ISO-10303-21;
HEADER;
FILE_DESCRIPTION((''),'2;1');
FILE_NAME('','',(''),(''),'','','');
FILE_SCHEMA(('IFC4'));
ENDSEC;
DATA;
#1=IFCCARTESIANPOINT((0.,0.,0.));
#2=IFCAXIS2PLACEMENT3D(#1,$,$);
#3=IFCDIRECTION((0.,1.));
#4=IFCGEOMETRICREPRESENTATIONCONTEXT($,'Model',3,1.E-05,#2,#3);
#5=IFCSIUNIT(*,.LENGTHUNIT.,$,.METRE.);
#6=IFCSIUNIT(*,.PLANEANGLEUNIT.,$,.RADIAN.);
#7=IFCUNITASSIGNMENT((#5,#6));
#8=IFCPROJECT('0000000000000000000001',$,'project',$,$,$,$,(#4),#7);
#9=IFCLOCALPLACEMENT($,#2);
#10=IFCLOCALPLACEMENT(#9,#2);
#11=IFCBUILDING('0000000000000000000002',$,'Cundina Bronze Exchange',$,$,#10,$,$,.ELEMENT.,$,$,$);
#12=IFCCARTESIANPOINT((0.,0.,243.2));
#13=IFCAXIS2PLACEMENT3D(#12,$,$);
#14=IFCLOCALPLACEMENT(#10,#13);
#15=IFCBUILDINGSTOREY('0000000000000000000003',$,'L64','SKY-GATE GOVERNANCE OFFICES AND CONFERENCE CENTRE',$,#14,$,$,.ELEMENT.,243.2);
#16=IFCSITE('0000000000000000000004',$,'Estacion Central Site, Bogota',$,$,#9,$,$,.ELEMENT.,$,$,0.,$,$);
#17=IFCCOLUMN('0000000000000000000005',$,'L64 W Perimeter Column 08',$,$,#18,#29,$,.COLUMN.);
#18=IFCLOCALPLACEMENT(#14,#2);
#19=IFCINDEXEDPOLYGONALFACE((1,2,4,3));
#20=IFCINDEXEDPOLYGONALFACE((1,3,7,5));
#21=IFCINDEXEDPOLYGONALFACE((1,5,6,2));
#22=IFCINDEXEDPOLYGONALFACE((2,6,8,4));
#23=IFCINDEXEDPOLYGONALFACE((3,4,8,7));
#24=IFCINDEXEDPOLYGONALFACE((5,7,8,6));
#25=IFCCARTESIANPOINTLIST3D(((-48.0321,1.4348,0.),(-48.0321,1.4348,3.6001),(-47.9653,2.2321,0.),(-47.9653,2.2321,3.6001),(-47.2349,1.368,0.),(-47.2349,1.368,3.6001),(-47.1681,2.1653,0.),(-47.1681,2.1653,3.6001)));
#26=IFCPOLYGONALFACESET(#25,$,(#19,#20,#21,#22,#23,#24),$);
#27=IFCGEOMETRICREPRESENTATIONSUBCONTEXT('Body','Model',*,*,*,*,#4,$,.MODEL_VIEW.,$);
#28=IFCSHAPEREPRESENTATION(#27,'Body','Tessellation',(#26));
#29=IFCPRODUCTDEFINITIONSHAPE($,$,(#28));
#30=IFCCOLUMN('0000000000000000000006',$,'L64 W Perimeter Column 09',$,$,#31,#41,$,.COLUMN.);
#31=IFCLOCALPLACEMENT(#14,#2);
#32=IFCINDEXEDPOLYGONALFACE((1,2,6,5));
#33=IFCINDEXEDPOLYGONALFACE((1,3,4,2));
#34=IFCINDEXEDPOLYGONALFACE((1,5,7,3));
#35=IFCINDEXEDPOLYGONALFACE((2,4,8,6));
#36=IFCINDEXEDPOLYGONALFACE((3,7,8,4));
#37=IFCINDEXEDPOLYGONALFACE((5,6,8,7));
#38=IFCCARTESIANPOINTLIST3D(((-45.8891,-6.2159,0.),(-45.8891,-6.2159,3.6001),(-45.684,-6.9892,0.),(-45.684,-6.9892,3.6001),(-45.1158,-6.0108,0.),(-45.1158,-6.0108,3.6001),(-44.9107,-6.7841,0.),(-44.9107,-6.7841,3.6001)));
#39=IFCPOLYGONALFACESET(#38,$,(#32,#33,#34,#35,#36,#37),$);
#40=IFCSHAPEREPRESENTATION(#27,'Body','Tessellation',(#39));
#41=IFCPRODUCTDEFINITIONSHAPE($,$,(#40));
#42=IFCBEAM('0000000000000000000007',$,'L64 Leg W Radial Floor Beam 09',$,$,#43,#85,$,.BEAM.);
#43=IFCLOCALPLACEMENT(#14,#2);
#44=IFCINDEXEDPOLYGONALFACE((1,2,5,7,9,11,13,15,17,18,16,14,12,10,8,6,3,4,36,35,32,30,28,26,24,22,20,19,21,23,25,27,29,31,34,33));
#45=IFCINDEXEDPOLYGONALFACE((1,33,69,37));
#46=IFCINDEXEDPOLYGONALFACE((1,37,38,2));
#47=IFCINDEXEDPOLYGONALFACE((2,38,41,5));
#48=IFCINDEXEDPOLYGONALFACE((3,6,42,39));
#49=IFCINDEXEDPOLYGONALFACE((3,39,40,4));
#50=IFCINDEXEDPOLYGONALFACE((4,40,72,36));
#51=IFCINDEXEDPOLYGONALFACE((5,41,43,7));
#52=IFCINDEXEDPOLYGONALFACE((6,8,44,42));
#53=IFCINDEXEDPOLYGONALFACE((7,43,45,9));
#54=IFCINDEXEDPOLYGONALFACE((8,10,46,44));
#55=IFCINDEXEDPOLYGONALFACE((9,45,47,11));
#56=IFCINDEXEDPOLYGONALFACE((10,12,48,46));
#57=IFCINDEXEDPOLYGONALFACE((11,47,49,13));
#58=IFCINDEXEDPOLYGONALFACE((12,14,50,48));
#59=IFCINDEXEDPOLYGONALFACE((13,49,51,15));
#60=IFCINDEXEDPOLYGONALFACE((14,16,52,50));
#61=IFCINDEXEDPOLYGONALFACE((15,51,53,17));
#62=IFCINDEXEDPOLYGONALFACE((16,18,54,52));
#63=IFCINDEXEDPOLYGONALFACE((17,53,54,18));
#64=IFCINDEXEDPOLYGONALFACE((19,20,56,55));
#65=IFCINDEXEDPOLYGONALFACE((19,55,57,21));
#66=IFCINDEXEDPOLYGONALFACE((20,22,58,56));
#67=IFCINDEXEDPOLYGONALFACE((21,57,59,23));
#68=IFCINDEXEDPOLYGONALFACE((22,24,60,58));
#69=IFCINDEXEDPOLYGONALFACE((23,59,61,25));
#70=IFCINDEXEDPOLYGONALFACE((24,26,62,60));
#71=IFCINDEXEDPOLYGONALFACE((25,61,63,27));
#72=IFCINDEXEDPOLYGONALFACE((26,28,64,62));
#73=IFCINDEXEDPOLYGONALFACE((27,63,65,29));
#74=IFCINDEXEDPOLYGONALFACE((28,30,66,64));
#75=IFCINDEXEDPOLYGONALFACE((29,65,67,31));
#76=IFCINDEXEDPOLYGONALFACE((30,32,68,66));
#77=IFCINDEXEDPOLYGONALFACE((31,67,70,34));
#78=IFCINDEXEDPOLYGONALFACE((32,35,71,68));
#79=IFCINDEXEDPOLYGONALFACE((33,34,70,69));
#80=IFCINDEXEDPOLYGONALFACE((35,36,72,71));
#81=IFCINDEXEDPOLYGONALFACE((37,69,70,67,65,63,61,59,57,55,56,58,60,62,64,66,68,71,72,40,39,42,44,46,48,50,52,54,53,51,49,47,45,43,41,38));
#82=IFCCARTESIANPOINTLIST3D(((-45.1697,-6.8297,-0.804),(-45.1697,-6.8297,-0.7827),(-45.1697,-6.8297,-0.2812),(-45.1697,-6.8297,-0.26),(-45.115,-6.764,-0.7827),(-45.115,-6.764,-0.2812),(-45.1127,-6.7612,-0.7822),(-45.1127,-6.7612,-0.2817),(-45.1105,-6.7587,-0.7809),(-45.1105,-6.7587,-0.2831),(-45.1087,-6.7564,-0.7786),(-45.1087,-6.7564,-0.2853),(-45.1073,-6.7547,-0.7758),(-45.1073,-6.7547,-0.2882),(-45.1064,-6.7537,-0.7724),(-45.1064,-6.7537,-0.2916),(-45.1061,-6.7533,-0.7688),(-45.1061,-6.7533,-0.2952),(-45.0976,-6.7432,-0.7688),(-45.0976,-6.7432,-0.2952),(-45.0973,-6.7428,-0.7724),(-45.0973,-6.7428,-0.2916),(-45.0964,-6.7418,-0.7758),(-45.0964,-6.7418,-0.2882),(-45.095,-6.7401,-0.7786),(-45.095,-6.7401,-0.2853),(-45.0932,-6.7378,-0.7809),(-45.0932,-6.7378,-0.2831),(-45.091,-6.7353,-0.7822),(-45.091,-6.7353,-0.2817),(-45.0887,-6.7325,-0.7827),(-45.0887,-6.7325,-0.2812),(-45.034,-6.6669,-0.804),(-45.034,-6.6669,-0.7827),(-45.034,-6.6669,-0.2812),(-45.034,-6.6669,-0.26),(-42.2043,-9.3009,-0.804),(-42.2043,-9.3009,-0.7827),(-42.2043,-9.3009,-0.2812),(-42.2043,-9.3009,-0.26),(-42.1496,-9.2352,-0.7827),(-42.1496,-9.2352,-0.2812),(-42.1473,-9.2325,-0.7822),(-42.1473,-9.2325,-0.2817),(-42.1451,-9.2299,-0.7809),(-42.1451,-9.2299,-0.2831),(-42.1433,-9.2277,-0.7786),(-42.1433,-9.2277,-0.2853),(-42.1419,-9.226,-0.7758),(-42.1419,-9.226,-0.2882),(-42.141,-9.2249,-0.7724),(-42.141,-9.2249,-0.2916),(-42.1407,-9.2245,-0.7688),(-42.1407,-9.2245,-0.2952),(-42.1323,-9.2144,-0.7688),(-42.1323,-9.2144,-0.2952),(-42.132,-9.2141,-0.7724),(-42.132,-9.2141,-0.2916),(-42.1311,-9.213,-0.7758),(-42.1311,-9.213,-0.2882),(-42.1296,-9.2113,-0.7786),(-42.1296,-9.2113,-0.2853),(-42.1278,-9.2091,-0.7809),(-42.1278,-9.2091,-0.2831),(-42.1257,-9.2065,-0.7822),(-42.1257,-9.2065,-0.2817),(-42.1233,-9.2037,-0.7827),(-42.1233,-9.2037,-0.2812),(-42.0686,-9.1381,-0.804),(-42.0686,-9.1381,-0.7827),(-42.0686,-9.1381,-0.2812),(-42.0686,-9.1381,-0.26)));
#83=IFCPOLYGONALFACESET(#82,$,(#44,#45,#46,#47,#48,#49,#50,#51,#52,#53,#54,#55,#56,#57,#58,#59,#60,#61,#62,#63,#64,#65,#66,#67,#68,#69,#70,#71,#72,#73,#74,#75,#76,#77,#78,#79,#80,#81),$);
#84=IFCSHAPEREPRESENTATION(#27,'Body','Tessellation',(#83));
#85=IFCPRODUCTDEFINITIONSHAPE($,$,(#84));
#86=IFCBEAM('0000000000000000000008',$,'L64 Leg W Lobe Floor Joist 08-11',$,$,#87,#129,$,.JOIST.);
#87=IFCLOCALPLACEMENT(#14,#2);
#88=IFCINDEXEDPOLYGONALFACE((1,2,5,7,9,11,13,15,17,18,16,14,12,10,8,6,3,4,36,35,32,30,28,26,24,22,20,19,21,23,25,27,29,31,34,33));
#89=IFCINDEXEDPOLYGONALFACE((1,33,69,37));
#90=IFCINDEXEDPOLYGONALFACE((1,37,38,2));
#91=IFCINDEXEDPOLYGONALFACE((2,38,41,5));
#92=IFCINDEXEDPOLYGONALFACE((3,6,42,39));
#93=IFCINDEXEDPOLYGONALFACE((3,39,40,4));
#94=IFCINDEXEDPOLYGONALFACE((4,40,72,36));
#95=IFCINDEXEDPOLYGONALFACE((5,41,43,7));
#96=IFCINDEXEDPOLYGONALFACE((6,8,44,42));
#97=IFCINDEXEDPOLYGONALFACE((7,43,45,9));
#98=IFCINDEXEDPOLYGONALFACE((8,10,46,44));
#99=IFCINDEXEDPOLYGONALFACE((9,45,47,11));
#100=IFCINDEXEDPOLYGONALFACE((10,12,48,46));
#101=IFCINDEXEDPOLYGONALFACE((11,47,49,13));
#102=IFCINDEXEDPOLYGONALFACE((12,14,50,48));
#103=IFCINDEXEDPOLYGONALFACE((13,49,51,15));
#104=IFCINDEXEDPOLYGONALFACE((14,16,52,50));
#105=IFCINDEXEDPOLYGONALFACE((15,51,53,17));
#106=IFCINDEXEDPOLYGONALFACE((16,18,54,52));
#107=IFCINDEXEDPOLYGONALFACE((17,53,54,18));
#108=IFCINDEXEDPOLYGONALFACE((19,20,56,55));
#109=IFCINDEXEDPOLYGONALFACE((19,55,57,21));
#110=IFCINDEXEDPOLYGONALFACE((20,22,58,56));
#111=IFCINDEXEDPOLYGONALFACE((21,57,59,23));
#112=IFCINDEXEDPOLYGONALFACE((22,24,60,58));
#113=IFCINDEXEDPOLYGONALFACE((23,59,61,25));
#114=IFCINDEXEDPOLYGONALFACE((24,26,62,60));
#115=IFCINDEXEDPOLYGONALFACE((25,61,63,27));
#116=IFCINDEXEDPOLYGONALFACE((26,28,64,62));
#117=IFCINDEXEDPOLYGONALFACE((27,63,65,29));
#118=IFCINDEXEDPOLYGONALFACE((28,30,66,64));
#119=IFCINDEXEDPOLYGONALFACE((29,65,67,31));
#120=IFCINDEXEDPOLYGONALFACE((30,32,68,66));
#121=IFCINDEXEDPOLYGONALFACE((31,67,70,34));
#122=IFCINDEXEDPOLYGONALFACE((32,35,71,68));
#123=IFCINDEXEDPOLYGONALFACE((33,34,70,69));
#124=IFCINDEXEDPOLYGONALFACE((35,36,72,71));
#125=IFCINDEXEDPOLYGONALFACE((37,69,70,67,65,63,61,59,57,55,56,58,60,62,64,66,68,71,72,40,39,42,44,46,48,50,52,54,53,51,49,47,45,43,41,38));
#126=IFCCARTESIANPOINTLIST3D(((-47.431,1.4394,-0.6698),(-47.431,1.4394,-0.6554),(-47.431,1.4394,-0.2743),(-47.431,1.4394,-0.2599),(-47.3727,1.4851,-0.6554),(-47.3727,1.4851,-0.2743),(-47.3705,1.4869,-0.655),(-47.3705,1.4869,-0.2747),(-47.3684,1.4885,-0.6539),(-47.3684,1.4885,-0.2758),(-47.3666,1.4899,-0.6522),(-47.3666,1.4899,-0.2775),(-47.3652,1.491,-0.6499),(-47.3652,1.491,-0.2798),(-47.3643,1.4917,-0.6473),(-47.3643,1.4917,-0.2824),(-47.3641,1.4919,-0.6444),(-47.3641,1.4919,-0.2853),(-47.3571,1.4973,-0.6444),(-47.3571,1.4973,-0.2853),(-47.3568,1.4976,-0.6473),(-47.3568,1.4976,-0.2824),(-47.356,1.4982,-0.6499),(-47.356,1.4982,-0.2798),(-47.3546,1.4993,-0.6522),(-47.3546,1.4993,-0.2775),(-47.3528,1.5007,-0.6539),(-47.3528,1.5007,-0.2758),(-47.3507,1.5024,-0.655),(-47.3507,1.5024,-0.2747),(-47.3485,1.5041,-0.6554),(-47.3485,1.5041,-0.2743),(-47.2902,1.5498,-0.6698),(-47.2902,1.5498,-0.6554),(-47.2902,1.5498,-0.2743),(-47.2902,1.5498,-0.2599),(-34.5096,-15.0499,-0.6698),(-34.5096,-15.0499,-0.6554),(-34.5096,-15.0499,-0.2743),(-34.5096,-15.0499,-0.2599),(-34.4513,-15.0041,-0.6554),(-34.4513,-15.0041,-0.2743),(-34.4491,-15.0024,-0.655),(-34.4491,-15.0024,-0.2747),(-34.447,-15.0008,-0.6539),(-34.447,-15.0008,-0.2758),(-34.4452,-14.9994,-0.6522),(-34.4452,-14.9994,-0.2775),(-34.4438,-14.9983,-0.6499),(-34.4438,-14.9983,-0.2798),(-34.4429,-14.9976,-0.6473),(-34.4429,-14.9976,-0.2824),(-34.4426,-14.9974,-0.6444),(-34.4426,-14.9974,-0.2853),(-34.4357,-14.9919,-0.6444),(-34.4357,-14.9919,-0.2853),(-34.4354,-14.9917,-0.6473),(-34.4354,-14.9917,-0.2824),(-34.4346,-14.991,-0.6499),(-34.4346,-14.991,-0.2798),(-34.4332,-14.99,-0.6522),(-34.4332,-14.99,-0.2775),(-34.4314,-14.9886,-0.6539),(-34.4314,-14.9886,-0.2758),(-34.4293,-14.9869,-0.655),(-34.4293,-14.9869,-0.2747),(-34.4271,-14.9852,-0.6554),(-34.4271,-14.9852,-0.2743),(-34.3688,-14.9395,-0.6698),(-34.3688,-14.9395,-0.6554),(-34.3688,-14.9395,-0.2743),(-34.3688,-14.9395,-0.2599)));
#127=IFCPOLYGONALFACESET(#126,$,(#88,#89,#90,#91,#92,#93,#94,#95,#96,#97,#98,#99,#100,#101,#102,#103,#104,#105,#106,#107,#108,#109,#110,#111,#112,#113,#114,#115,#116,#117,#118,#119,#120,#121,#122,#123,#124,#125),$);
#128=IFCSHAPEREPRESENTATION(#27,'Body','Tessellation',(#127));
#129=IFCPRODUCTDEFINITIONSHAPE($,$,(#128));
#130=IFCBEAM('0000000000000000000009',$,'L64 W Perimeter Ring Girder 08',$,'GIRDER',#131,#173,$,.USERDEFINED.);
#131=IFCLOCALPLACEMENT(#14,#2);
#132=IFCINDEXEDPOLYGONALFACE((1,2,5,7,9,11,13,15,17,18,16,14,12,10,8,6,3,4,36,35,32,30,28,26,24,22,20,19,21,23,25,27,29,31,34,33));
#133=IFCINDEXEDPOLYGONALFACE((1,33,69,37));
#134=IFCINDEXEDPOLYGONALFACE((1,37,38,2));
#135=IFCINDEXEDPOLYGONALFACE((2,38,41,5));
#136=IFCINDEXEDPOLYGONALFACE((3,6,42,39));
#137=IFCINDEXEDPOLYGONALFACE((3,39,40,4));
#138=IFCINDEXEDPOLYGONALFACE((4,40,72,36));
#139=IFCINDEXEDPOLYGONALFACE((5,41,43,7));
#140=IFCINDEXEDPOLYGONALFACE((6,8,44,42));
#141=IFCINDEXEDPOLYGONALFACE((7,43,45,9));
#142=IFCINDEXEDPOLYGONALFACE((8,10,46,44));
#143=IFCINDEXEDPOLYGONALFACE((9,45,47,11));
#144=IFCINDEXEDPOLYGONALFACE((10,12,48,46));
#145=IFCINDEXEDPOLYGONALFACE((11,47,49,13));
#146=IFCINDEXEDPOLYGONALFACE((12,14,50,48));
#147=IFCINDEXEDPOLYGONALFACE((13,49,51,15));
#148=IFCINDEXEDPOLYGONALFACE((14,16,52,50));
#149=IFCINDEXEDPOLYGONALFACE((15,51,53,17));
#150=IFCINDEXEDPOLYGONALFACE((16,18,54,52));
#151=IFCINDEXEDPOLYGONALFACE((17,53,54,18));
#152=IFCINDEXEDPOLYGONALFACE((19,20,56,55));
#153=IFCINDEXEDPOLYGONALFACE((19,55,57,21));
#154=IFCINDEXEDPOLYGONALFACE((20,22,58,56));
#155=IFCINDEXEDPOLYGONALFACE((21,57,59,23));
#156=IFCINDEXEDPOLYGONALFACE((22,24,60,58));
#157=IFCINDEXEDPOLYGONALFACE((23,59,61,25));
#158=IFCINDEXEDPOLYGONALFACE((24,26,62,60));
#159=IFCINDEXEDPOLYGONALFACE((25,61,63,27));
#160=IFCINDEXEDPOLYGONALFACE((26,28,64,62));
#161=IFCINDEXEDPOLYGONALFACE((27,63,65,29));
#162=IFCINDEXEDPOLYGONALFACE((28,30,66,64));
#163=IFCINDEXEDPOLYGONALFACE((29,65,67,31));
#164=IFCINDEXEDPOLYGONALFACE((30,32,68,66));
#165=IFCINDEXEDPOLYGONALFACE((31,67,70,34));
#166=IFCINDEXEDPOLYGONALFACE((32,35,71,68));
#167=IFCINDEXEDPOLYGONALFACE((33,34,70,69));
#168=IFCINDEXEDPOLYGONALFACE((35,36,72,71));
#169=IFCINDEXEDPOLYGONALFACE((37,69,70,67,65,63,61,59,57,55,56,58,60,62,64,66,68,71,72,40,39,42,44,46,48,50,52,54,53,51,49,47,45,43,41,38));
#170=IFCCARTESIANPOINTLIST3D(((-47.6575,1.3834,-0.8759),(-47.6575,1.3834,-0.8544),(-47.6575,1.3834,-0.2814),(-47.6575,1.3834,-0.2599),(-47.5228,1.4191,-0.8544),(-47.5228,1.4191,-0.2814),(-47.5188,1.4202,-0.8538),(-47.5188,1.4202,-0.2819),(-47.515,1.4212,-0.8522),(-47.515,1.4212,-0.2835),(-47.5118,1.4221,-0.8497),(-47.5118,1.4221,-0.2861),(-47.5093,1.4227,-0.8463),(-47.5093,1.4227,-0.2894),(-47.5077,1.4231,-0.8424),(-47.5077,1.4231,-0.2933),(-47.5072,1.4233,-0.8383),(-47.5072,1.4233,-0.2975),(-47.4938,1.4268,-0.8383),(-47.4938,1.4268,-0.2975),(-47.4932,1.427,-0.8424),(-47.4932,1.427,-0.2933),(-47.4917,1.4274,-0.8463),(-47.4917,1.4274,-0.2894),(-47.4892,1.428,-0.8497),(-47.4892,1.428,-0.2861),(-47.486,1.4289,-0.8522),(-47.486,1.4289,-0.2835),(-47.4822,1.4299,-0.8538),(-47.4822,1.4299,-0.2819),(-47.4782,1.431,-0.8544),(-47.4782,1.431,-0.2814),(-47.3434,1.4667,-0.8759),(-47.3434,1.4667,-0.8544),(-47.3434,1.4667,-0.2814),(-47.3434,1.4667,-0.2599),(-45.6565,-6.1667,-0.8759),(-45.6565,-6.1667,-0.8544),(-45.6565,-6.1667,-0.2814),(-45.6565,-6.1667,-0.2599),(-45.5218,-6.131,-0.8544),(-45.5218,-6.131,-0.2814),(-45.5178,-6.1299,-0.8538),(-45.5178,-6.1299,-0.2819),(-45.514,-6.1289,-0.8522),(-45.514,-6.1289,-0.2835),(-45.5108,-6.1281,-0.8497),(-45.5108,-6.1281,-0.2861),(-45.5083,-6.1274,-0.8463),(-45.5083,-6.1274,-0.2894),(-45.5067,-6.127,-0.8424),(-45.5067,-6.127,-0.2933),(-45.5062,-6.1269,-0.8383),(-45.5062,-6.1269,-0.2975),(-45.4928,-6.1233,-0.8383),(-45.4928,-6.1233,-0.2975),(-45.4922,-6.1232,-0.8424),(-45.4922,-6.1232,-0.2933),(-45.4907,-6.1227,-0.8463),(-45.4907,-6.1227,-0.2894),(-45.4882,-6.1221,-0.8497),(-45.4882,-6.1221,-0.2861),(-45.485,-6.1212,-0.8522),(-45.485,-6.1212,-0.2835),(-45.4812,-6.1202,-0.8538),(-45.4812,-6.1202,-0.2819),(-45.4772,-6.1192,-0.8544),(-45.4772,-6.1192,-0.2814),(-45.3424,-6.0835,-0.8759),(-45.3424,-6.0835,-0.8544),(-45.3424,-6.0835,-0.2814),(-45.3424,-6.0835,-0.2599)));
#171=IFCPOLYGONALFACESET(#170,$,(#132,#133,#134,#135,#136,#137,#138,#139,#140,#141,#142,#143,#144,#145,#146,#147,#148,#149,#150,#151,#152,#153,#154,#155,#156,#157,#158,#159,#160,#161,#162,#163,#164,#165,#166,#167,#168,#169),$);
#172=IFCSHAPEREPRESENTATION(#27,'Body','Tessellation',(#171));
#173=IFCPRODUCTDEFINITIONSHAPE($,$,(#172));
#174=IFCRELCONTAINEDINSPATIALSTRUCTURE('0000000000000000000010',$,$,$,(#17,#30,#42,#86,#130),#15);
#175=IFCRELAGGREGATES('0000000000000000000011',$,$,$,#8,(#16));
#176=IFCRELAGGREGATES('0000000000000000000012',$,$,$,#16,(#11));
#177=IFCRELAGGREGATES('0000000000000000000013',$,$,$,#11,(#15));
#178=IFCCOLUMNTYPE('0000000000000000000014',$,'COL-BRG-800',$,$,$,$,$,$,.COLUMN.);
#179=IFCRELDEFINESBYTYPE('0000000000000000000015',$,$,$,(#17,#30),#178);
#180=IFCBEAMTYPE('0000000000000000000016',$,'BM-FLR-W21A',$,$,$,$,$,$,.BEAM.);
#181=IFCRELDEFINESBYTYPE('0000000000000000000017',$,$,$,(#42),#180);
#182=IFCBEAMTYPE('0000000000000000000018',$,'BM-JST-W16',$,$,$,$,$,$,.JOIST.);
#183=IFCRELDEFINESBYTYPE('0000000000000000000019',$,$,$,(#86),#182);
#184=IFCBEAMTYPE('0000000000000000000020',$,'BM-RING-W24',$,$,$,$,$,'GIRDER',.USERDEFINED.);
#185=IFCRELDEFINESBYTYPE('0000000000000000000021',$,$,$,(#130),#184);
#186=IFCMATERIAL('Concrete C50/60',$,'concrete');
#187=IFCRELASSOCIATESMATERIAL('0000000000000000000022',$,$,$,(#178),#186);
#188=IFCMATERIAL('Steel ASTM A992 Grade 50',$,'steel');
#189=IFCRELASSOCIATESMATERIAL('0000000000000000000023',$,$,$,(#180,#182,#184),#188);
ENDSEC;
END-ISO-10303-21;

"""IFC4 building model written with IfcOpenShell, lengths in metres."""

from ifc_helpers import new_model, si_unit, direction, frame, origin, origin_2d, place, context, subcontext, project, spatial, rectangle, i_section, extrude, material, material_profile, profile_set, type_object, element, save


model = new_model("IFC4")

# Units and contexts
model_context = context("Model", 3, precision=1e-05, world=origin(), true_north=direction((0.0, 1.0)))
body_context = subcontext(model_context, "Body", "Model", "MODEL_VIEW")
ifc_project = project(units=[si_unit("LENGTHUNIT", "METRE"), si_unit("PLANEANGLEUNIT", "RADIAN")], contexts=[model_context])

# Site, building, storey
site_placement = place(None, origin())
site = spatial("IfcSite", under=ifc_project, at=site_placement, Name="Estacion Central Site, Bogota", CompositionType="ELEMENT", RefElevation=0.0)
building_placement = place(site_placement, origin())
building = spatial("IfcBuilding", under=site, at=building_placement, Name="Cundina Bronze Exchange", CompositionType="ELEMENT")
storey_placement = place(building_placement, frame((0.0, 0.0, 243.2)))
storey = spatial("IfcBuildingStorey", under=building, at=storey_placement, Name="L64", Description="SKY-GATE GOVERNANCE OFFICES AND CONFERENCE CENTRE", CompositionType="ELEMENT", Elevation=243.2)

# Columns
ifc_material_1 = material(Name="Concrete C50/60", Category="concrete")
ifc_material_profile_1 = material_profile(ifc_material_1, rectangle(XDim=0.8, YDim=0.8, at=origin_2d()), Name="RC800X800", Category="concrete")
ifc_profile_set_1 = profile_set([ifc_material_profile_1], Name="Concrete C50/60")
column_type = type_object("IfcColumnType", Name="COL-BRG-800", PredefinedType="COLUMN", material=ifc_profile_set_1)
for number, where, z_axis, x_axis, name in (
    (1, (-47.6001, 1.8, 0.0), (0.0, 0.0, 1.0), (-0.083504, -0.996507, 0.0), "L64 W Perimeter Column 08"),
    (2, (-45.3999, -6.5, 0.0), (0.0, 0.0, 1.0), (0.256289, -0.9666, 0.0), "L64 W Perimeter Column 09"),
):
    element("IfcColumn", number, at=place(storey_placement, frame(where, z_axis=z_axis, x_axis=x_axis)), inside=storey, type_object=column_type, Name=name, PredefinedType="COLUMN", context=body_context, shape_type="SweptSolid", body=[
        extrude(rectangle(XDim=0.8, YDim=0.8, at=origin_2d()), origin(), (0.0, 0.0, 1.0), 3.6001),
    ])

# Beams
ifc_material_2 = material(Name="Steel ASTM A992 Grade 50", Category="steel")
ifc_material_profile_2 = material_profile(ifc_material_2, i_section(OverallWidth=0.2119, OverallDepth=0.5439, WebThickness=0.0132, FlangeThickness=0.0212, FilletRadius=0.0139, at=origin_2d()), Name="W21X83", Category="steel")
ifc_profile_set_2 = profile_set([ifc_material_profile_2], Name="Steel ASTM A992 Grade 50")
beam_type_1 = type_object("IfcBeamType", Name="BM-FLR-W21A", PredefinedType="BEAM", material=ifc_profile_set_2)
beam_1_placement = place(storey_placement, frame((-42.1365, -9.2195, -0.532), z_axis=(-0.768211, 0.640197, 0.0), x_axis=(-0.640197, -0.768211, 0.0)))
element("IfcBeam", 3, at=beam_1_placement, inside=storey, type_object=beam_type_1, Name="L64 Leg W Radial Floor Beam 09", PredefinedType="BEAM", context=body_context, shape_type="SweptSolid", body=[
    extrude(i_section(OverallWidth=0.2119, OverallDepth=0.5439, WebThickness=0.0132, FlangeThickness=0.0212, FilletRadius=0.0139, at=origin_2d()), origin(), (0.0, 0.0, 1.0), 3.8601),
])
ifc_material_profile_3 = material_profile(ifc_material_2, i_section(OverallWidth=0.179, OverallDepth=0.4099, WebThickness=0.0088, FlangeThickness=0.0144, FilletRadius=0.011, at=origin_2d()), Name="W16X45", Category="steel")
ifc_profile_set_3 = profile_set([ifc_material_profile_3], Name="Steel ASTM A992 Grade 50")
beam_type_2 = type_object("IfcBeamType", Name="BM-JST-W16", PredefinedType="JOIST", material=ifc_profile_set_3)
beam_2_placement = place(storey_placement, frame((-47.3606, 1.4946, -0.4648), z_axis=(0.616804, -0.787117, 0.0), x_axis=(0.787117, 0.616804, 0.0)))
element("IfcBeam", 4, at=beam_2_placement, inside=storey, type_object=beam_type_2, Name="L64 Leg W Lobe Floor Joist 08-11", PredefinedType="JOIST", context=body_context, shape_type="SweptSolid", body=[
    extrude(i_section(OverallWidth=0.179, OverallDepth=0.4099, WebThickness=0.0088, FlangeThickness=0.0144, FilletRadius=0.011, at=origin_2d()), origin(), (0.0, 0.0, 1.0), 20.949),
])
ifc_material_profile_4 = material_profile(ifc_material_2, i_section(OverallWidth=0.325, OverallDepth=0.616, WebThickness=0.0139, FlangeThickness=0.0215, FilletRadius=0.0161, at=origin_2d()), Name="W24X117", Category="steel")
ifc_profile_set_4 = profile_set([ifc_material_profile_4], Name="Steel ASTM A992 Grade 50")
beam_type_3 = type_object("IfcBeamType", Name="BM-RING-W24", ElementType="GIRDER", PredefinedType="USERDEFINED", material=ifc_profile_set_4)
for number, where, z_axis, x_axis, name in (
    (5, (-47.5005, 1.425, -0.5679), (0.256184, -0.966628, 0.0), (0.966628, 0.256184, 0.0), "L64 W Perimeter Ring Girder 08"),
):
    element("IfcBeam", number, at=place(storey_placement, frame(where, z_axis=z_axis, x_axis=x_axis)), inside=storey, type_object=beam_type_3, Name=name, ObjectType="GIRDER", PredefinedType="USERDEFINED", context=body_context, shape_type="SweptSolid", body=[
        extrude(i_section(OverallWidth=0.325, OverallDepth=0.616, WebThickness=0.0139, FlangeThickness=0.0215, FilletRadius=0.0161, at=origin_2d()), origin(), (0.0, 0.0, 1.0), 7.8108),
    ])

save(model, "model.ifc")
